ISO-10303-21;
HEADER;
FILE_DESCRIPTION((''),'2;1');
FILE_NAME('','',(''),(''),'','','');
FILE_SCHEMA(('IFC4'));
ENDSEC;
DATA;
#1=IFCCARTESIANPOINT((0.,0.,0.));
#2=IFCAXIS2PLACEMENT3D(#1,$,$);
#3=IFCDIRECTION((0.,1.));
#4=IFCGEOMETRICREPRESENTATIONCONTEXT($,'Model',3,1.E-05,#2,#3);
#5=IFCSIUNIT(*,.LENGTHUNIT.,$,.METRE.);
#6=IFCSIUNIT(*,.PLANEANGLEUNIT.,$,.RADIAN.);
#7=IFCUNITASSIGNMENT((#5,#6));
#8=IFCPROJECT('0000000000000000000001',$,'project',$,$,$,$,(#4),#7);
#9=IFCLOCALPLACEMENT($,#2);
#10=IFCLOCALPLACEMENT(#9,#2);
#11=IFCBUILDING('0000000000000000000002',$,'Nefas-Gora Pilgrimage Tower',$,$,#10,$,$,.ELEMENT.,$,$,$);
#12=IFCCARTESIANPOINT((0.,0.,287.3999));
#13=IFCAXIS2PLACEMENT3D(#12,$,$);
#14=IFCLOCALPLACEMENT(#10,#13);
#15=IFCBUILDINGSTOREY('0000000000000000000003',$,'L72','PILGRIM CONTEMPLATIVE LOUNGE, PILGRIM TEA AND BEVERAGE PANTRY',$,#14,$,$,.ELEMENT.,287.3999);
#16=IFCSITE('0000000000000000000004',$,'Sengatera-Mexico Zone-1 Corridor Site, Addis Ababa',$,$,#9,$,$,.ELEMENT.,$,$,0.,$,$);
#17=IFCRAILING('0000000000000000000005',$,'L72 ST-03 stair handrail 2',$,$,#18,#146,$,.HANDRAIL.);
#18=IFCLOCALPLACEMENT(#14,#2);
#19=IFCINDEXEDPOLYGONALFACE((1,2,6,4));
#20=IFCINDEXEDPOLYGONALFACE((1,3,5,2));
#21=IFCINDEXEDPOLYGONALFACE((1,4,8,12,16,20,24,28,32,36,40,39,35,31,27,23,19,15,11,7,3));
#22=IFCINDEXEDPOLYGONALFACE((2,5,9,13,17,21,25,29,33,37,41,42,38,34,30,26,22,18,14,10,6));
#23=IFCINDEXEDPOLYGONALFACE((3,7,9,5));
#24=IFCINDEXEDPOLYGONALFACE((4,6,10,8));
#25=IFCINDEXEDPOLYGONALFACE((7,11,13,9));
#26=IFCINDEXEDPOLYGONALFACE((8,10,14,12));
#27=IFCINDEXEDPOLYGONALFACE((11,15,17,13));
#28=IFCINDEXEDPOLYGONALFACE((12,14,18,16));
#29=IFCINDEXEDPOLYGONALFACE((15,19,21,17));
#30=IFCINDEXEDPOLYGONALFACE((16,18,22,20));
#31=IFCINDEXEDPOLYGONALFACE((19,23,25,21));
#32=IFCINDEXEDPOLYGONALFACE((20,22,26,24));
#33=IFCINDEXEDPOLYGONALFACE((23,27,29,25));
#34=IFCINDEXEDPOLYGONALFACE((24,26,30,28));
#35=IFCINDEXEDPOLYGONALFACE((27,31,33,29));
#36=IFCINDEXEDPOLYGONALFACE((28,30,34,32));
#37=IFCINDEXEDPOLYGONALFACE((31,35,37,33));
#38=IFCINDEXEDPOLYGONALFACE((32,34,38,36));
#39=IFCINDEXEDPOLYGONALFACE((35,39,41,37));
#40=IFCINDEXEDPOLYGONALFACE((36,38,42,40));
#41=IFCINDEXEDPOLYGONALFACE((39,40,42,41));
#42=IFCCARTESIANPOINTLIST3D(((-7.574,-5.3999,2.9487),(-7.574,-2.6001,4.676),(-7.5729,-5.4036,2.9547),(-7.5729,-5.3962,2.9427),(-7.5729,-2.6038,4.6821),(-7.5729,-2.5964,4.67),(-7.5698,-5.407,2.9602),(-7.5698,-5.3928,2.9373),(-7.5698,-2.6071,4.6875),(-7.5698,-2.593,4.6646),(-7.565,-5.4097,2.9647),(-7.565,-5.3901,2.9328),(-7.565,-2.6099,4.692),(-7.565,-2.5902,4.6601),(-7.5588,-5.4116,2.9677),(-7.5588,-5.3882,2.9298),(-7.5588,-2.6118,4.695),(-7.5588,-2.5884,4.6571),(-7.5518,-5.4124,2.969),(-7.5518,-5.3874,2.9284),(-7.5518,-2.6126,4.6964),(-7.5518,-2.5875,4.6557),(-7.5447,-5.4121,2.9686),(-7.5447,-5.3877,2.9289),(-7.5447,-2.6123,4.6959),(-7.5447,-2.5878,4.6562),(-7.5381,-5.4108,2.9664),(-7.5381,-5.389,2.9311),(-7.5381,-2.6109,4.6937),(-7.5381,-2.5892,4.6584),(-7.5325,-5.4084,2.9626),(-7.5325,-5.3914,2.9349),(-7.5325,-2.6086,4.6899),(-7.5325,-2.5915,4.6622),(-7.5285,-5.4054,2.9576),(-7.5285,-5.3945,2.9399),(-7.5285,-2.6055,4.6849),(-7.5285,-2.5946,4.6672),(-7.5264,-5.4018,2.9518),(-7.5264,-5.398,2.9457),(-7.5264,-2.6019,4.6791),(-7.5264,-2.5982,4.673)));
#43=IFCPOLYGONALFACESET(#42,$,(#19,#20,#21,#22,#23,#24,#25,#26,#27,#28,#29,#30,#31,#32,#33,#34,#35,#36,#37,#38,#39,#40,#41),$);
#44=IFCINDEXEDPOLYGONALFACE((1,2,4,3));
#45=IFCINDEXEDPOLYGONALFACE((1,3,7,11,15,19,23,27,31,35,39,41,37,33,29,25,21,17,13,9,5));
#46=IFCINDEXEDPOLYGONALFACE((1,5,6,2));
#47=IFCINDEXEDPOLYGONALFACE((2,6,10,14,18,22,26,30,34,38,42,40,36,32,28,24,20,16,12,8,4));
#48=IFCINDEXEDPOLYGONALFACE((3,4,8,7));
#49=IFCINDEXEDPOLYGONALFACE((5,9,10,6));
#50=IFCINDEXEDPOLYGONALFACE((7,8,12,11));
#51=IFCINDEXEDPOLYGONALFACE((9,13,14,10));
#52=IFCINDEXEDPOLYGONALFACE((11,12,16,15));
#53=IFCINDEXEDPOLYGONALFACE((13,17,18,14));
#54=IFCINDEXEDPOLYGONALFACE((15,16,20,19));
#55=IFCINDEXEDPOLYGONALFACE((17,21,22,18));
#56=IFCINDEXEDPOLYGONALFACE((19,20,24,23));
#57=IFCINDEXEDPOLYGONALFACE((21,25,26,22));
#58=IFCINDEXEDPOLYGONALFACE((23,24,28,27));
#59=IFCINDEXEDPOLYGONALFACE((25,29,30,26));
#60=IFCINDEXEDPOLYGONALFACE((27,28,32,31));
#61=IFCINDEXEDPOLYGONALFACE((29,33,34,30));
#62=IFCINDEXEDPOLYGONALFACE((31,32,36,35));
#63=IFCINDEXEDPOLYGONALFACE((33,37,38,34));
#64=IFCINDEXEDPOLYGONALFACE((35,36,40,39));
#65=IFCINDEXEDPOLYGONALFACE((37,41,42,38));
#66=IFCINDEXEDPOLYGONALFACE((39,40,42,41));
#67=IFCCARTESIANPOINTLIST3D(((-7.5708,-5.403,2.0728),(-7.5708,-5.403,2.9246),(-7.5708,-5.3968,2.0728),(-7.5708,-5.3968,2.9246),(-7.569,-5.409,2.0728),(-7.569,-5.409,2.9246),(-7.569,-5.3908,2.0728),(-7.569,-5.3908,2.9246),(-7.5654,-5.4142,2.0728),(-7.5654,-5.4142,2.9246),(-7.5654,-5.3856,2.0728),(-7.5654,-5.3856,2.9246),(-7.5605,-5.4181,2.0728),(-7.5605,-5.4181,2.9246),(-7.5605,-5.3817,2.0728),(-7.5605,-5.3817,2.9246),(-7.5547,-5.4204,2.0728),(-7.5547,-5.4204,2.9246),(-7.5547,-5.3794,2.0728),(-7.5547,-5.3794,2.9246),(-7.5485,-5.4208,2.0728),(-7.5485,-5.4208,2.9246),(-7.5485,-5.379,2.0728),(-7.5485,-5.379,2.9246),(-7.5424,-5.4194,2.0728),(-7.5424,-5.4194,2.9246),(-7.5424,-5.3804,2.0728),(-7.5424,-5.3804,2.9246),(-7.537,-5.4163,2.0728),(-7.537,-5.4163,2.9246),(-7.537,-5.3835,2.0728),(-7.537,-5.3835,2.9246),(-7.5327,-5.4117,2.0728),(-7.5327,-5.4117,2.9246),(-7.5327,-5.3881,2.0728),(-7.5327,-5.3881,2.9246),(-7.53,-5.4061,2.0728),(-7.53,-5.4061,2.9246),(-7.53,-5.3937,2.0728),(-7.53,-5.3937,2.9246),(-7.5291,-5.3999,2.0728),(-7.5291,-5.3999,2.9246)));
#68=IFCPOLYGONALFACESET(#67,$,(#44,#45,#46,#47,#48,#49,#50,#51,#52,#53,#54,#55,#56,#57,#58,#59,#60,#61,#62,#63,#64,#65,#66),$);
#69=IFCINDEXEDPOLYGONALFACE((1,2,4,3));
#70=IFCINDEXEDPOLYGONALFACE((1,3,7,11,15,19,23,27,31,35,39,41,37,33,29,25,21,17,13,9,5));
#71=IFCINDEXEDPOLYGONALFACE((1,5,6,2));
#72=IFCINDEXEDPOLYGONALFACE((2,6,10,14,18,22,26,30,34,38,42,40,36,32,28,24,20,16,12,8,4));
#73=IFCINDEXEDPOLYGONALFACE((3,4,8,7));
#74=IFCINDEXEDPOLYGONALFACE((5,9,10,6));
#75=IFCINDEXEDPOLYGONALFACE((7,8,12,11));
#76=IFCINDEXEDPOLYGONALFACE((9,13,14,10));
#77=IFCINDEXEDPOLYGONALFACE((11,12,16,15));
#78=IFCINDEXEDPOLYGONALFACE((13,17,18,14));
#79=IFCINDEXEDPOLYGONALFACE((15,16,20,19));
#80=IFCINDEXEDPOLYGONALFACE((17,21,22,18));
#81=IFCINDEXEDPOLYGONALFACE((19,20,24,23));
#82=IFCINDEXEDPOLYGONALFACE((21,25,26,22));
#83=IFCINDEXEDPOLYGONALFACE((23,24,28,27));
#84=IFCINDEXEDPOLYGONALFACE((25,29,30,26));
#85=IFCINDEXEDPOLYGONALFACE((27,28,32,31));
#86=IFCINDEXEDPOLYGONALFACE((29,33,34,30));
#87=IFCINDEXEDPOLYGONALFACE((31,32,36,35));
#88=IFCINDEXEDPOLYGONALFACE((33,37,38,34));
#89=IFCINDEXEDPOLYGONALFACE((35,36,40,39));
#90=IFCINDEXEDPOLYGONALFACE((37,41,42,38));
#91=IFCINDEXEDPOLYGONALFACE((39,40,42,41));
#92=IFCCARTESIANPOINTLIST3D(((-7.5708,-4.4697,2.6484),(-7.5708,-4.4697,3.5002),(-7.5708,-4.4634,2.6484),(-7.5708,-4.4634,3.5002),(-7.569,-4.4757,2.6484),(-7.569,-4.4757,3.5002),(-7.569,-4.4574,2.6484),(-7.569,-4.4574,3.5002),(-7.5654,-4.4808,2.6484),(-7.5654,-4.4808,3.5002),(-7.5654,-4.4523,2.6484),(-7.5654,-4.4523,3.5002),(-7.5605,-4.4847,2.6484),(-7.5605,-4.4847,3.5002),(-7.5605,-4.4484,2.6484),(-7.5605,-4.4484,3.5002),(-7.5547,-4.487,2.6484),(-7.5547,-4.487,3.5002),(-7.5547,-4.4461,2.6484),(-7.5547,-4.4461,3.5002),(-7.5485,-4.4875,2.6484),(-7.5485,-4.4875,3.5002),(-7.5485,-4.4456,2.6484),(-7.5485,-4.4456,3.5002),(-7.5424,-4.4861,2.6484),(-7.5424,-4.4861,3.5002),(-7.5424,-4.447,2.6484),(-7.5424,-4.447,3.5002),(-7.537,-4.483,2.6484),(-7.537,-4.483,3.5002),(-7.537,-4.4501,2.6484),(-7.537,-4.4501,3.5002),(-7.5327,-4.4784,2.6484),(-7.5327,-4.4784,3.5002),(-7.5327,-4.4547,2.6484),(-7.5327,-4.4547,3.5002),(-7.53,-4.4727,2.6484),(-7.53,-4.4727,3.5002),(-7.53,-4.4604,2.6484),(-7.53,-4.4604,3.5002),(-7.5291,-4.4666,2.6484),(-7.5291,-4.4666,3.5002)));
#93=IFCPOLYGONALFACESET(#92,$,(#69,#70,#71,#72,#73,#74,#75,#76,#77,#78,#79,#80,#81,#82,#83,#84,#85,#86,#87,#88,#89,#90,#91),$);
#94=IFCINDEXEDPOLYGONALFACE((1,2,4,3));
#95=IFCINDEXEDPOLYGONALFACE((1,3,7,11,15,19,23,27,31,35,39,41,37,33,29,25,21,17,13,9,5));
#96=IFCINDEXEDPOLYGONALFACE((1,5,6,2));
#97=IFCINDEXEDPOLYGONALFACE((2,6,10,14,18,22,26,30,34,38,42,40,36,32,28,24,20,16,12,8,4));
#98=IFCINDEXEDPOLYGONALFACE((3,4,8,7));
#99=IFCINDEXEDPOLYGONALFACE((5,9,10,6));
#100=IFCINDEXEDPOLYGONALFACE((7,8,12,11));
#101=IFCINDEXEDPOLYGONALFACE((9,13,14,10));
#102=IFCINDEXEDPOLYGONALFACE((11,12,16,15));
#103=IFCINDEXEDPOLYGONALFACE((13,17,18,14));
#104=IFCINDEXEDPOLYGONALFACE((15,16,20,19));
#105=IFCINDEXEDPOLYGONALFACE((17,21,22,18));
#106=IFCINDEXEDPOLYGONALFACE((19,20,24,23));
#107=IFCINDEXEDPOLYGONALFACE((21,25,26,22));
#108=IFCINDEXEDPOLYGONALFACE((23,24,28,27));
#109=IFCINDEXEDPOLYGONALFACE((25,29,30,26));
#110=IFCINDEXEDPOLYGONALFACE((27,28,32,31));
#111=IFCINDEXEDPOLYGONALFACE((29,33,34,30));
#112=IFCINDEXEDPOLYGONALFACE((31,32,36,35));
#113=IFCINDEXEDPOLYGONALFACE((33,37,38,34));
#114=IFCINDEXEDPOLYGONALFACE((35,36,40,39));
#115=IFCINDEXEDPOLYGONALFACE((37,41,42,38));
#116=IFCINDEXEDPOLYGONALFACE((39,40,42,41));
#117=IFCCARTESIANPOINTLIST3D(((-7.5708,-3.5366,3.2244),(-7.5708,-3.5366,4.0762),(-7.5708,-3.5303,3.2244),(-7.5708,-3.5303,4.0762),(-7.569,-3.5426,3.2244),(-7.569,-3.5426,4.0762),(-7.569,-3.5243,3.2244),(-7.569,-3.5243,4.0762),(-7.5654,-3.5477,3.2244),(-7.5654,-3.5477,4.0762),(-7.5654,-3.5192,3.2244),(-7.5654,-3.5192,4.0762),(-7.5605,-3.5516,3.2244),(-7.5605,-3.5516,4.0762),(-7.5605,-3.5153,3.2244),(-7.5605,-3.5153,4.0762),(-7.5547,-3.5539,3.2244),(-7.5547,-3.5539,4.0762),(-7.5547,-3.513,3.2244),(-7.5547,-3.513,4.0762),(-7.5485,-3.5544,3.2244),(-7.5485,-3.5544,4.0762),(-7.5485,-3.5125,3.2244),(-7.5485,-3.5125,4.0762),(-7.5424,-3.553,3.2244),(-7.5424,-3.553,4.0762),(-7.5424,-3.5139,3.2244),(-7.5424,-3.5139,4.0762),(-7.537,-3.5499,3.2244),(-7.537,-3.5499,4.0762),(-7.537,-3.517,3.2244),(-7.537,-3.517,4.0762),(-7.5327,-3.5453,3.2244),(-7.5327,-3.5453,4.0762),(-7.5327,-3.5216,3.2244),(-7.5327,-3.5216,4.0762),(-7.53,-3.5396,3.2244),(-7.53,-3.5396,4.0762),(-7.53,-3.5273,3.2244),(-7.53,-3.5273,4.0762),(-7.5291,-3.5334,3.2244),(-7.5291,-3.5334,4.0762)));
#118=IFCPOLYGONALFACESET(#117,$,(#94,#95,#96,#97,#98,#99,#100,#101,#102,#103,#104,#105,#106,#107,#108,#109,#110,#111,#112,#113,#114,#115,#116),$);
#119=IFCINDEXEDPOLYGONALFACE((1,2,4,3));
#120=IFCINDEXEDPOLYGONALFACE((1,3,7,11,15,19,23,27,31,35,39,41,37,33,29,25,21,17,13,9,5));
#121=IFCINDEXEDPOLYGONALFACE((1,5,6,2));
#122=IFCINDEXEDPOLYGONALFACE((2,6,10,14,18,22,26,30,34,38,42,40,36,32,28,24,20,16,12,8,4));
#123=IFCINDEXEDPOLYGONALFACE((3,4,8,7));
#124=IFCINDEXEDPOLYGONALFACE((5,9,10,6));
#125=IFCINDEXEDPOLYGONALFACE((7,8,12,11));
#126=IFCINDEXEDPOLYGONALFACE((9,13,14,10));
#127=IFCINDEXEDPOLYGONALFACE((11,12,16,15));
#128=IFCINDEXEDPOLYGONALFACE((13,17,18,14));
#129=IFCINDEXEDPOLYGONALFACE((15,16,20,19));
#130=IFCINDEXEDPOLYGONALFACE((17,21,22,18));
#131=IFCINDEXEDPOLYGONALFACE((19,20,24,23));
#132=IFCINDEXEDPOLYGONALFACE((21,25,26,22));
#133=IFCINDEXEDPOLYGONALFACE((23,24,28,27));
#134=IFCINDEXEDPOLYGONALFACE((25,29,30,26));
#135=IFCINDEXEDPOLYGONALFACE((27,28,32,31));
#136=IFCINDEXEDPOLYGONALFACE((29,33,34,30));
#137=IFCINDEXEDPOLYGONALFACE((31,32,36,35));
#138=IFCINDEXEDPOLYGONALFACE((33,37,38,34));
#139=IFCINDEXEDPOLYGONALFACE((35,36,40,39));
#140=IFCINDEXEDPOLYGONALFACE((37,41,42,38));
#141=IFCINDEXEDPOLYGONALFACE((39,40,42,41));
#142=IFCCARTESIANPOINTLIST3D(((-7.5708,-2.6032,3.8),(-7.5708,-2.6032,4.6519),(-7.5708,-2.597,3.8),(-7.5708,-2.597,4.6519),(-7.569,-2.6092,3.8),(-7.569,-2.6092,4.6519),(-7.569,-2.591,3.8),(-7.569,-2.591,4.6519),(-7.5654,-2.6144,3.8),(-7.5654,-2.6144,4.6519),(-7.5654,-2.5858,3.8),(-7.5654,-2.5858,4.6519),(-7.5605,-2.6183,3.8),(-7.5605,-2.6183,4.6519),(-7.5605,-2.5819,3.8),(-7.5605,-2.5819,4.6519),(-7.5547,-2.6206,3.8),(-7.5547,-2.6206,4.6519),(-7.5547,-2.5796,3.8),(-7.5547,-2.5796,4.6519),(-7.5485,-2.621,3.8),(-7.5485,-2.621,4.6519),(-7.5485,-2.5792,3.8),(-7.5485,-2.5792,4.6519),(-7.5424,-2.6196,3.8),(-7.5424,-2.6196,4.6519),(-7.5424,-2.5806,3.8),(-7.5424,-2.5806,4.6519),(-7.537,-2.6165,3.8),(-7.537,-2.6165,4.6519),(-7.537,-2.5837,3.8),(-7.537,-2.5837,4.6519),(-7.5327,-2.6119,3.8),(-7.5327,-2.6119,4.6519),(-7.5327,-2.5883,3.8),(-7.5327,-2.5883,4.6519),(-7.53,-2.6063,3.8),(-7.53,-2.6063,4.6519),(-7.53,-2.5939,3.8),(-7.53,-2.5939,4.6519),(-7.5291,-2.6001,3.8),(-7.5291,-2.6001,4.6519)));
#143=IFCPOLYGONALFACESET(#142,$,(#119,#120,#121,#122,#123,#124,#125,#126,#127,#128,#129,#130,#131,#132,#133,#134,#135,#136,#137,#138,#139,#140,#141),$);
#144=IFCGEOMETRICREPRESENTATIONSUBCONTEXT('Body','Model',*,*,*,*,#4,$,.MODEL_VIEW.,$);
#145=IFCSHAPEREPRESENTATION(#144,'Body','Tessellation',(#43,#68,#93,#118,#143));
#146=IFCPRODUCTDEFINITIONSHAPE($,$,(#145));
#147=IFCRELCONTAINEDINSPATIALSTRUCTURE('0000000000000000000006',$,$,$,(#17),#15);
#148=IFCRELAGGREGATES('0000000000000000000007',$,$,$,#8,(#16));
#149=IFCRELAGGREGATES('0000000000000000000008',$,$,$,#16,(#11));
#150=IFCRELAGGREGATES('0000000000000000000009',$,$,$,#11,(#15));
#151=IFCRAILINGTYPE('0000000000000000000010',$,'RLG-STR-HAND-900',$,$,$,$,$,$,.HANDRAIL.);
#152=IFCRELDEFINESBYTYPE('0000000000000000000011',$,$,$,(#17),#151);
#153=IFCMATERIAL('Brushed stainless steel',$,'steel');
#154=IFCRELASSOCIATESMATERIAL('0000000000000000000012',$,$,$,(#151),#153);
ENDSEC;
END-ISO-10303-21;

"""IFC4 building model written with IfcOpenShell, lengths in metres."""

from ifc_helpers import new_model, si_unit, direction, frame, origin, origin_2d, place, context, subcontext, project, spatial, circle, extrude, material, type_object, element, save


model = new_model("IFC4")

# Units and contexts
model_context = context("Model", 3, precision=1e-05, world=origin(), true_north=direction((0.0, 1.0)))
body_context = subcontext(model_context, "Body", "Model", "MODEL_VIEW")
ifc_project = project(units=[si_unit("LENGTHUNIT", "METRE"), si_unit("PLANEANGLEUNIT", "RADIAN")], contexts=[model_context])

# Site, building, storey
site_placement = place(None, origin())
site = spatial("IfcSite", under=ifc_project, at=site_placement, Name="Sengatera-Mexico Zone-1 Corridor Site, Addis Ababa", CompositionType="ELEMENT", RefElevation=0.0)
building_placement = place(site_placement, origin())
building = spatial("IfcBuilding", under=site, at=building_placement, Name="Nefas-Gora Pilgrimage Tower", CompositionType="ELEMENT")
storey_placement = place(building_placement, frame((0.0, 0.0, 287.3999)))
storey = spatial("IfcBuildingStorey", under=building, at=storey_placement, Name="L72", Description="PILGRIM CONTEMPLATIVE LOUNGE, PILGRIM TEA AND BEVERAGE PANTRY", CompositionType="ELEMENT", Elevation=287.3999)

# Railing
ifc_material_1 = material(Name="Brushed stainless steel", Category="steel")
railing_type_1 = type_object("IfcRailingType", Name="RLG-STR-HAND-900", PredefinedType="HANDRAIL", material=ifc_material_1)
railing_1_placement = place(storey_placement, frame((-7.55, -5.3999, 2.0728)))
element("IfcRailing", 1, at=railing_1_placement, inside=storey, type_object=railing_type_1, Name="L72 ST-03 stair handrail 2", PredefinedType="HANDRAIL", context=body_context, shape_type="SweptSolid", body=[
    extrude(circle(Radius=0.0239, at=origin_2d()), frame((0.0, 0.0, 0.876), z_axis=(0.0, 0.851069, 0.525054), x_axis=(-1.0, 0.0, 0.0)), (0.0, 0.0, 1.0), 3.2898),
    extrude(circle(Radius=0.021, at=origin_2d()), origin(), (0.0, 0.0, 1.0), 0.8518),
    extrude(circle(Radius=0.021, at=origin_2d()), frame((0.0, 0.9333, 0.5757)), (0.0, 0.0, 1.0), 0.8518),
    extrude(circle(Radius=0.021, at=origin_2d()), frame((0.0, 1.8665, 1.1516)), (0.0, 0.0, 1.0), 0.8518),
    extrude(circle(Radius=0.021, at=origin_2d()), frame((0.0, 2.7998, 1.7273)), (0.0, 0.0, 1.0), 0.8518),
])

save(model, "model.ifc")
